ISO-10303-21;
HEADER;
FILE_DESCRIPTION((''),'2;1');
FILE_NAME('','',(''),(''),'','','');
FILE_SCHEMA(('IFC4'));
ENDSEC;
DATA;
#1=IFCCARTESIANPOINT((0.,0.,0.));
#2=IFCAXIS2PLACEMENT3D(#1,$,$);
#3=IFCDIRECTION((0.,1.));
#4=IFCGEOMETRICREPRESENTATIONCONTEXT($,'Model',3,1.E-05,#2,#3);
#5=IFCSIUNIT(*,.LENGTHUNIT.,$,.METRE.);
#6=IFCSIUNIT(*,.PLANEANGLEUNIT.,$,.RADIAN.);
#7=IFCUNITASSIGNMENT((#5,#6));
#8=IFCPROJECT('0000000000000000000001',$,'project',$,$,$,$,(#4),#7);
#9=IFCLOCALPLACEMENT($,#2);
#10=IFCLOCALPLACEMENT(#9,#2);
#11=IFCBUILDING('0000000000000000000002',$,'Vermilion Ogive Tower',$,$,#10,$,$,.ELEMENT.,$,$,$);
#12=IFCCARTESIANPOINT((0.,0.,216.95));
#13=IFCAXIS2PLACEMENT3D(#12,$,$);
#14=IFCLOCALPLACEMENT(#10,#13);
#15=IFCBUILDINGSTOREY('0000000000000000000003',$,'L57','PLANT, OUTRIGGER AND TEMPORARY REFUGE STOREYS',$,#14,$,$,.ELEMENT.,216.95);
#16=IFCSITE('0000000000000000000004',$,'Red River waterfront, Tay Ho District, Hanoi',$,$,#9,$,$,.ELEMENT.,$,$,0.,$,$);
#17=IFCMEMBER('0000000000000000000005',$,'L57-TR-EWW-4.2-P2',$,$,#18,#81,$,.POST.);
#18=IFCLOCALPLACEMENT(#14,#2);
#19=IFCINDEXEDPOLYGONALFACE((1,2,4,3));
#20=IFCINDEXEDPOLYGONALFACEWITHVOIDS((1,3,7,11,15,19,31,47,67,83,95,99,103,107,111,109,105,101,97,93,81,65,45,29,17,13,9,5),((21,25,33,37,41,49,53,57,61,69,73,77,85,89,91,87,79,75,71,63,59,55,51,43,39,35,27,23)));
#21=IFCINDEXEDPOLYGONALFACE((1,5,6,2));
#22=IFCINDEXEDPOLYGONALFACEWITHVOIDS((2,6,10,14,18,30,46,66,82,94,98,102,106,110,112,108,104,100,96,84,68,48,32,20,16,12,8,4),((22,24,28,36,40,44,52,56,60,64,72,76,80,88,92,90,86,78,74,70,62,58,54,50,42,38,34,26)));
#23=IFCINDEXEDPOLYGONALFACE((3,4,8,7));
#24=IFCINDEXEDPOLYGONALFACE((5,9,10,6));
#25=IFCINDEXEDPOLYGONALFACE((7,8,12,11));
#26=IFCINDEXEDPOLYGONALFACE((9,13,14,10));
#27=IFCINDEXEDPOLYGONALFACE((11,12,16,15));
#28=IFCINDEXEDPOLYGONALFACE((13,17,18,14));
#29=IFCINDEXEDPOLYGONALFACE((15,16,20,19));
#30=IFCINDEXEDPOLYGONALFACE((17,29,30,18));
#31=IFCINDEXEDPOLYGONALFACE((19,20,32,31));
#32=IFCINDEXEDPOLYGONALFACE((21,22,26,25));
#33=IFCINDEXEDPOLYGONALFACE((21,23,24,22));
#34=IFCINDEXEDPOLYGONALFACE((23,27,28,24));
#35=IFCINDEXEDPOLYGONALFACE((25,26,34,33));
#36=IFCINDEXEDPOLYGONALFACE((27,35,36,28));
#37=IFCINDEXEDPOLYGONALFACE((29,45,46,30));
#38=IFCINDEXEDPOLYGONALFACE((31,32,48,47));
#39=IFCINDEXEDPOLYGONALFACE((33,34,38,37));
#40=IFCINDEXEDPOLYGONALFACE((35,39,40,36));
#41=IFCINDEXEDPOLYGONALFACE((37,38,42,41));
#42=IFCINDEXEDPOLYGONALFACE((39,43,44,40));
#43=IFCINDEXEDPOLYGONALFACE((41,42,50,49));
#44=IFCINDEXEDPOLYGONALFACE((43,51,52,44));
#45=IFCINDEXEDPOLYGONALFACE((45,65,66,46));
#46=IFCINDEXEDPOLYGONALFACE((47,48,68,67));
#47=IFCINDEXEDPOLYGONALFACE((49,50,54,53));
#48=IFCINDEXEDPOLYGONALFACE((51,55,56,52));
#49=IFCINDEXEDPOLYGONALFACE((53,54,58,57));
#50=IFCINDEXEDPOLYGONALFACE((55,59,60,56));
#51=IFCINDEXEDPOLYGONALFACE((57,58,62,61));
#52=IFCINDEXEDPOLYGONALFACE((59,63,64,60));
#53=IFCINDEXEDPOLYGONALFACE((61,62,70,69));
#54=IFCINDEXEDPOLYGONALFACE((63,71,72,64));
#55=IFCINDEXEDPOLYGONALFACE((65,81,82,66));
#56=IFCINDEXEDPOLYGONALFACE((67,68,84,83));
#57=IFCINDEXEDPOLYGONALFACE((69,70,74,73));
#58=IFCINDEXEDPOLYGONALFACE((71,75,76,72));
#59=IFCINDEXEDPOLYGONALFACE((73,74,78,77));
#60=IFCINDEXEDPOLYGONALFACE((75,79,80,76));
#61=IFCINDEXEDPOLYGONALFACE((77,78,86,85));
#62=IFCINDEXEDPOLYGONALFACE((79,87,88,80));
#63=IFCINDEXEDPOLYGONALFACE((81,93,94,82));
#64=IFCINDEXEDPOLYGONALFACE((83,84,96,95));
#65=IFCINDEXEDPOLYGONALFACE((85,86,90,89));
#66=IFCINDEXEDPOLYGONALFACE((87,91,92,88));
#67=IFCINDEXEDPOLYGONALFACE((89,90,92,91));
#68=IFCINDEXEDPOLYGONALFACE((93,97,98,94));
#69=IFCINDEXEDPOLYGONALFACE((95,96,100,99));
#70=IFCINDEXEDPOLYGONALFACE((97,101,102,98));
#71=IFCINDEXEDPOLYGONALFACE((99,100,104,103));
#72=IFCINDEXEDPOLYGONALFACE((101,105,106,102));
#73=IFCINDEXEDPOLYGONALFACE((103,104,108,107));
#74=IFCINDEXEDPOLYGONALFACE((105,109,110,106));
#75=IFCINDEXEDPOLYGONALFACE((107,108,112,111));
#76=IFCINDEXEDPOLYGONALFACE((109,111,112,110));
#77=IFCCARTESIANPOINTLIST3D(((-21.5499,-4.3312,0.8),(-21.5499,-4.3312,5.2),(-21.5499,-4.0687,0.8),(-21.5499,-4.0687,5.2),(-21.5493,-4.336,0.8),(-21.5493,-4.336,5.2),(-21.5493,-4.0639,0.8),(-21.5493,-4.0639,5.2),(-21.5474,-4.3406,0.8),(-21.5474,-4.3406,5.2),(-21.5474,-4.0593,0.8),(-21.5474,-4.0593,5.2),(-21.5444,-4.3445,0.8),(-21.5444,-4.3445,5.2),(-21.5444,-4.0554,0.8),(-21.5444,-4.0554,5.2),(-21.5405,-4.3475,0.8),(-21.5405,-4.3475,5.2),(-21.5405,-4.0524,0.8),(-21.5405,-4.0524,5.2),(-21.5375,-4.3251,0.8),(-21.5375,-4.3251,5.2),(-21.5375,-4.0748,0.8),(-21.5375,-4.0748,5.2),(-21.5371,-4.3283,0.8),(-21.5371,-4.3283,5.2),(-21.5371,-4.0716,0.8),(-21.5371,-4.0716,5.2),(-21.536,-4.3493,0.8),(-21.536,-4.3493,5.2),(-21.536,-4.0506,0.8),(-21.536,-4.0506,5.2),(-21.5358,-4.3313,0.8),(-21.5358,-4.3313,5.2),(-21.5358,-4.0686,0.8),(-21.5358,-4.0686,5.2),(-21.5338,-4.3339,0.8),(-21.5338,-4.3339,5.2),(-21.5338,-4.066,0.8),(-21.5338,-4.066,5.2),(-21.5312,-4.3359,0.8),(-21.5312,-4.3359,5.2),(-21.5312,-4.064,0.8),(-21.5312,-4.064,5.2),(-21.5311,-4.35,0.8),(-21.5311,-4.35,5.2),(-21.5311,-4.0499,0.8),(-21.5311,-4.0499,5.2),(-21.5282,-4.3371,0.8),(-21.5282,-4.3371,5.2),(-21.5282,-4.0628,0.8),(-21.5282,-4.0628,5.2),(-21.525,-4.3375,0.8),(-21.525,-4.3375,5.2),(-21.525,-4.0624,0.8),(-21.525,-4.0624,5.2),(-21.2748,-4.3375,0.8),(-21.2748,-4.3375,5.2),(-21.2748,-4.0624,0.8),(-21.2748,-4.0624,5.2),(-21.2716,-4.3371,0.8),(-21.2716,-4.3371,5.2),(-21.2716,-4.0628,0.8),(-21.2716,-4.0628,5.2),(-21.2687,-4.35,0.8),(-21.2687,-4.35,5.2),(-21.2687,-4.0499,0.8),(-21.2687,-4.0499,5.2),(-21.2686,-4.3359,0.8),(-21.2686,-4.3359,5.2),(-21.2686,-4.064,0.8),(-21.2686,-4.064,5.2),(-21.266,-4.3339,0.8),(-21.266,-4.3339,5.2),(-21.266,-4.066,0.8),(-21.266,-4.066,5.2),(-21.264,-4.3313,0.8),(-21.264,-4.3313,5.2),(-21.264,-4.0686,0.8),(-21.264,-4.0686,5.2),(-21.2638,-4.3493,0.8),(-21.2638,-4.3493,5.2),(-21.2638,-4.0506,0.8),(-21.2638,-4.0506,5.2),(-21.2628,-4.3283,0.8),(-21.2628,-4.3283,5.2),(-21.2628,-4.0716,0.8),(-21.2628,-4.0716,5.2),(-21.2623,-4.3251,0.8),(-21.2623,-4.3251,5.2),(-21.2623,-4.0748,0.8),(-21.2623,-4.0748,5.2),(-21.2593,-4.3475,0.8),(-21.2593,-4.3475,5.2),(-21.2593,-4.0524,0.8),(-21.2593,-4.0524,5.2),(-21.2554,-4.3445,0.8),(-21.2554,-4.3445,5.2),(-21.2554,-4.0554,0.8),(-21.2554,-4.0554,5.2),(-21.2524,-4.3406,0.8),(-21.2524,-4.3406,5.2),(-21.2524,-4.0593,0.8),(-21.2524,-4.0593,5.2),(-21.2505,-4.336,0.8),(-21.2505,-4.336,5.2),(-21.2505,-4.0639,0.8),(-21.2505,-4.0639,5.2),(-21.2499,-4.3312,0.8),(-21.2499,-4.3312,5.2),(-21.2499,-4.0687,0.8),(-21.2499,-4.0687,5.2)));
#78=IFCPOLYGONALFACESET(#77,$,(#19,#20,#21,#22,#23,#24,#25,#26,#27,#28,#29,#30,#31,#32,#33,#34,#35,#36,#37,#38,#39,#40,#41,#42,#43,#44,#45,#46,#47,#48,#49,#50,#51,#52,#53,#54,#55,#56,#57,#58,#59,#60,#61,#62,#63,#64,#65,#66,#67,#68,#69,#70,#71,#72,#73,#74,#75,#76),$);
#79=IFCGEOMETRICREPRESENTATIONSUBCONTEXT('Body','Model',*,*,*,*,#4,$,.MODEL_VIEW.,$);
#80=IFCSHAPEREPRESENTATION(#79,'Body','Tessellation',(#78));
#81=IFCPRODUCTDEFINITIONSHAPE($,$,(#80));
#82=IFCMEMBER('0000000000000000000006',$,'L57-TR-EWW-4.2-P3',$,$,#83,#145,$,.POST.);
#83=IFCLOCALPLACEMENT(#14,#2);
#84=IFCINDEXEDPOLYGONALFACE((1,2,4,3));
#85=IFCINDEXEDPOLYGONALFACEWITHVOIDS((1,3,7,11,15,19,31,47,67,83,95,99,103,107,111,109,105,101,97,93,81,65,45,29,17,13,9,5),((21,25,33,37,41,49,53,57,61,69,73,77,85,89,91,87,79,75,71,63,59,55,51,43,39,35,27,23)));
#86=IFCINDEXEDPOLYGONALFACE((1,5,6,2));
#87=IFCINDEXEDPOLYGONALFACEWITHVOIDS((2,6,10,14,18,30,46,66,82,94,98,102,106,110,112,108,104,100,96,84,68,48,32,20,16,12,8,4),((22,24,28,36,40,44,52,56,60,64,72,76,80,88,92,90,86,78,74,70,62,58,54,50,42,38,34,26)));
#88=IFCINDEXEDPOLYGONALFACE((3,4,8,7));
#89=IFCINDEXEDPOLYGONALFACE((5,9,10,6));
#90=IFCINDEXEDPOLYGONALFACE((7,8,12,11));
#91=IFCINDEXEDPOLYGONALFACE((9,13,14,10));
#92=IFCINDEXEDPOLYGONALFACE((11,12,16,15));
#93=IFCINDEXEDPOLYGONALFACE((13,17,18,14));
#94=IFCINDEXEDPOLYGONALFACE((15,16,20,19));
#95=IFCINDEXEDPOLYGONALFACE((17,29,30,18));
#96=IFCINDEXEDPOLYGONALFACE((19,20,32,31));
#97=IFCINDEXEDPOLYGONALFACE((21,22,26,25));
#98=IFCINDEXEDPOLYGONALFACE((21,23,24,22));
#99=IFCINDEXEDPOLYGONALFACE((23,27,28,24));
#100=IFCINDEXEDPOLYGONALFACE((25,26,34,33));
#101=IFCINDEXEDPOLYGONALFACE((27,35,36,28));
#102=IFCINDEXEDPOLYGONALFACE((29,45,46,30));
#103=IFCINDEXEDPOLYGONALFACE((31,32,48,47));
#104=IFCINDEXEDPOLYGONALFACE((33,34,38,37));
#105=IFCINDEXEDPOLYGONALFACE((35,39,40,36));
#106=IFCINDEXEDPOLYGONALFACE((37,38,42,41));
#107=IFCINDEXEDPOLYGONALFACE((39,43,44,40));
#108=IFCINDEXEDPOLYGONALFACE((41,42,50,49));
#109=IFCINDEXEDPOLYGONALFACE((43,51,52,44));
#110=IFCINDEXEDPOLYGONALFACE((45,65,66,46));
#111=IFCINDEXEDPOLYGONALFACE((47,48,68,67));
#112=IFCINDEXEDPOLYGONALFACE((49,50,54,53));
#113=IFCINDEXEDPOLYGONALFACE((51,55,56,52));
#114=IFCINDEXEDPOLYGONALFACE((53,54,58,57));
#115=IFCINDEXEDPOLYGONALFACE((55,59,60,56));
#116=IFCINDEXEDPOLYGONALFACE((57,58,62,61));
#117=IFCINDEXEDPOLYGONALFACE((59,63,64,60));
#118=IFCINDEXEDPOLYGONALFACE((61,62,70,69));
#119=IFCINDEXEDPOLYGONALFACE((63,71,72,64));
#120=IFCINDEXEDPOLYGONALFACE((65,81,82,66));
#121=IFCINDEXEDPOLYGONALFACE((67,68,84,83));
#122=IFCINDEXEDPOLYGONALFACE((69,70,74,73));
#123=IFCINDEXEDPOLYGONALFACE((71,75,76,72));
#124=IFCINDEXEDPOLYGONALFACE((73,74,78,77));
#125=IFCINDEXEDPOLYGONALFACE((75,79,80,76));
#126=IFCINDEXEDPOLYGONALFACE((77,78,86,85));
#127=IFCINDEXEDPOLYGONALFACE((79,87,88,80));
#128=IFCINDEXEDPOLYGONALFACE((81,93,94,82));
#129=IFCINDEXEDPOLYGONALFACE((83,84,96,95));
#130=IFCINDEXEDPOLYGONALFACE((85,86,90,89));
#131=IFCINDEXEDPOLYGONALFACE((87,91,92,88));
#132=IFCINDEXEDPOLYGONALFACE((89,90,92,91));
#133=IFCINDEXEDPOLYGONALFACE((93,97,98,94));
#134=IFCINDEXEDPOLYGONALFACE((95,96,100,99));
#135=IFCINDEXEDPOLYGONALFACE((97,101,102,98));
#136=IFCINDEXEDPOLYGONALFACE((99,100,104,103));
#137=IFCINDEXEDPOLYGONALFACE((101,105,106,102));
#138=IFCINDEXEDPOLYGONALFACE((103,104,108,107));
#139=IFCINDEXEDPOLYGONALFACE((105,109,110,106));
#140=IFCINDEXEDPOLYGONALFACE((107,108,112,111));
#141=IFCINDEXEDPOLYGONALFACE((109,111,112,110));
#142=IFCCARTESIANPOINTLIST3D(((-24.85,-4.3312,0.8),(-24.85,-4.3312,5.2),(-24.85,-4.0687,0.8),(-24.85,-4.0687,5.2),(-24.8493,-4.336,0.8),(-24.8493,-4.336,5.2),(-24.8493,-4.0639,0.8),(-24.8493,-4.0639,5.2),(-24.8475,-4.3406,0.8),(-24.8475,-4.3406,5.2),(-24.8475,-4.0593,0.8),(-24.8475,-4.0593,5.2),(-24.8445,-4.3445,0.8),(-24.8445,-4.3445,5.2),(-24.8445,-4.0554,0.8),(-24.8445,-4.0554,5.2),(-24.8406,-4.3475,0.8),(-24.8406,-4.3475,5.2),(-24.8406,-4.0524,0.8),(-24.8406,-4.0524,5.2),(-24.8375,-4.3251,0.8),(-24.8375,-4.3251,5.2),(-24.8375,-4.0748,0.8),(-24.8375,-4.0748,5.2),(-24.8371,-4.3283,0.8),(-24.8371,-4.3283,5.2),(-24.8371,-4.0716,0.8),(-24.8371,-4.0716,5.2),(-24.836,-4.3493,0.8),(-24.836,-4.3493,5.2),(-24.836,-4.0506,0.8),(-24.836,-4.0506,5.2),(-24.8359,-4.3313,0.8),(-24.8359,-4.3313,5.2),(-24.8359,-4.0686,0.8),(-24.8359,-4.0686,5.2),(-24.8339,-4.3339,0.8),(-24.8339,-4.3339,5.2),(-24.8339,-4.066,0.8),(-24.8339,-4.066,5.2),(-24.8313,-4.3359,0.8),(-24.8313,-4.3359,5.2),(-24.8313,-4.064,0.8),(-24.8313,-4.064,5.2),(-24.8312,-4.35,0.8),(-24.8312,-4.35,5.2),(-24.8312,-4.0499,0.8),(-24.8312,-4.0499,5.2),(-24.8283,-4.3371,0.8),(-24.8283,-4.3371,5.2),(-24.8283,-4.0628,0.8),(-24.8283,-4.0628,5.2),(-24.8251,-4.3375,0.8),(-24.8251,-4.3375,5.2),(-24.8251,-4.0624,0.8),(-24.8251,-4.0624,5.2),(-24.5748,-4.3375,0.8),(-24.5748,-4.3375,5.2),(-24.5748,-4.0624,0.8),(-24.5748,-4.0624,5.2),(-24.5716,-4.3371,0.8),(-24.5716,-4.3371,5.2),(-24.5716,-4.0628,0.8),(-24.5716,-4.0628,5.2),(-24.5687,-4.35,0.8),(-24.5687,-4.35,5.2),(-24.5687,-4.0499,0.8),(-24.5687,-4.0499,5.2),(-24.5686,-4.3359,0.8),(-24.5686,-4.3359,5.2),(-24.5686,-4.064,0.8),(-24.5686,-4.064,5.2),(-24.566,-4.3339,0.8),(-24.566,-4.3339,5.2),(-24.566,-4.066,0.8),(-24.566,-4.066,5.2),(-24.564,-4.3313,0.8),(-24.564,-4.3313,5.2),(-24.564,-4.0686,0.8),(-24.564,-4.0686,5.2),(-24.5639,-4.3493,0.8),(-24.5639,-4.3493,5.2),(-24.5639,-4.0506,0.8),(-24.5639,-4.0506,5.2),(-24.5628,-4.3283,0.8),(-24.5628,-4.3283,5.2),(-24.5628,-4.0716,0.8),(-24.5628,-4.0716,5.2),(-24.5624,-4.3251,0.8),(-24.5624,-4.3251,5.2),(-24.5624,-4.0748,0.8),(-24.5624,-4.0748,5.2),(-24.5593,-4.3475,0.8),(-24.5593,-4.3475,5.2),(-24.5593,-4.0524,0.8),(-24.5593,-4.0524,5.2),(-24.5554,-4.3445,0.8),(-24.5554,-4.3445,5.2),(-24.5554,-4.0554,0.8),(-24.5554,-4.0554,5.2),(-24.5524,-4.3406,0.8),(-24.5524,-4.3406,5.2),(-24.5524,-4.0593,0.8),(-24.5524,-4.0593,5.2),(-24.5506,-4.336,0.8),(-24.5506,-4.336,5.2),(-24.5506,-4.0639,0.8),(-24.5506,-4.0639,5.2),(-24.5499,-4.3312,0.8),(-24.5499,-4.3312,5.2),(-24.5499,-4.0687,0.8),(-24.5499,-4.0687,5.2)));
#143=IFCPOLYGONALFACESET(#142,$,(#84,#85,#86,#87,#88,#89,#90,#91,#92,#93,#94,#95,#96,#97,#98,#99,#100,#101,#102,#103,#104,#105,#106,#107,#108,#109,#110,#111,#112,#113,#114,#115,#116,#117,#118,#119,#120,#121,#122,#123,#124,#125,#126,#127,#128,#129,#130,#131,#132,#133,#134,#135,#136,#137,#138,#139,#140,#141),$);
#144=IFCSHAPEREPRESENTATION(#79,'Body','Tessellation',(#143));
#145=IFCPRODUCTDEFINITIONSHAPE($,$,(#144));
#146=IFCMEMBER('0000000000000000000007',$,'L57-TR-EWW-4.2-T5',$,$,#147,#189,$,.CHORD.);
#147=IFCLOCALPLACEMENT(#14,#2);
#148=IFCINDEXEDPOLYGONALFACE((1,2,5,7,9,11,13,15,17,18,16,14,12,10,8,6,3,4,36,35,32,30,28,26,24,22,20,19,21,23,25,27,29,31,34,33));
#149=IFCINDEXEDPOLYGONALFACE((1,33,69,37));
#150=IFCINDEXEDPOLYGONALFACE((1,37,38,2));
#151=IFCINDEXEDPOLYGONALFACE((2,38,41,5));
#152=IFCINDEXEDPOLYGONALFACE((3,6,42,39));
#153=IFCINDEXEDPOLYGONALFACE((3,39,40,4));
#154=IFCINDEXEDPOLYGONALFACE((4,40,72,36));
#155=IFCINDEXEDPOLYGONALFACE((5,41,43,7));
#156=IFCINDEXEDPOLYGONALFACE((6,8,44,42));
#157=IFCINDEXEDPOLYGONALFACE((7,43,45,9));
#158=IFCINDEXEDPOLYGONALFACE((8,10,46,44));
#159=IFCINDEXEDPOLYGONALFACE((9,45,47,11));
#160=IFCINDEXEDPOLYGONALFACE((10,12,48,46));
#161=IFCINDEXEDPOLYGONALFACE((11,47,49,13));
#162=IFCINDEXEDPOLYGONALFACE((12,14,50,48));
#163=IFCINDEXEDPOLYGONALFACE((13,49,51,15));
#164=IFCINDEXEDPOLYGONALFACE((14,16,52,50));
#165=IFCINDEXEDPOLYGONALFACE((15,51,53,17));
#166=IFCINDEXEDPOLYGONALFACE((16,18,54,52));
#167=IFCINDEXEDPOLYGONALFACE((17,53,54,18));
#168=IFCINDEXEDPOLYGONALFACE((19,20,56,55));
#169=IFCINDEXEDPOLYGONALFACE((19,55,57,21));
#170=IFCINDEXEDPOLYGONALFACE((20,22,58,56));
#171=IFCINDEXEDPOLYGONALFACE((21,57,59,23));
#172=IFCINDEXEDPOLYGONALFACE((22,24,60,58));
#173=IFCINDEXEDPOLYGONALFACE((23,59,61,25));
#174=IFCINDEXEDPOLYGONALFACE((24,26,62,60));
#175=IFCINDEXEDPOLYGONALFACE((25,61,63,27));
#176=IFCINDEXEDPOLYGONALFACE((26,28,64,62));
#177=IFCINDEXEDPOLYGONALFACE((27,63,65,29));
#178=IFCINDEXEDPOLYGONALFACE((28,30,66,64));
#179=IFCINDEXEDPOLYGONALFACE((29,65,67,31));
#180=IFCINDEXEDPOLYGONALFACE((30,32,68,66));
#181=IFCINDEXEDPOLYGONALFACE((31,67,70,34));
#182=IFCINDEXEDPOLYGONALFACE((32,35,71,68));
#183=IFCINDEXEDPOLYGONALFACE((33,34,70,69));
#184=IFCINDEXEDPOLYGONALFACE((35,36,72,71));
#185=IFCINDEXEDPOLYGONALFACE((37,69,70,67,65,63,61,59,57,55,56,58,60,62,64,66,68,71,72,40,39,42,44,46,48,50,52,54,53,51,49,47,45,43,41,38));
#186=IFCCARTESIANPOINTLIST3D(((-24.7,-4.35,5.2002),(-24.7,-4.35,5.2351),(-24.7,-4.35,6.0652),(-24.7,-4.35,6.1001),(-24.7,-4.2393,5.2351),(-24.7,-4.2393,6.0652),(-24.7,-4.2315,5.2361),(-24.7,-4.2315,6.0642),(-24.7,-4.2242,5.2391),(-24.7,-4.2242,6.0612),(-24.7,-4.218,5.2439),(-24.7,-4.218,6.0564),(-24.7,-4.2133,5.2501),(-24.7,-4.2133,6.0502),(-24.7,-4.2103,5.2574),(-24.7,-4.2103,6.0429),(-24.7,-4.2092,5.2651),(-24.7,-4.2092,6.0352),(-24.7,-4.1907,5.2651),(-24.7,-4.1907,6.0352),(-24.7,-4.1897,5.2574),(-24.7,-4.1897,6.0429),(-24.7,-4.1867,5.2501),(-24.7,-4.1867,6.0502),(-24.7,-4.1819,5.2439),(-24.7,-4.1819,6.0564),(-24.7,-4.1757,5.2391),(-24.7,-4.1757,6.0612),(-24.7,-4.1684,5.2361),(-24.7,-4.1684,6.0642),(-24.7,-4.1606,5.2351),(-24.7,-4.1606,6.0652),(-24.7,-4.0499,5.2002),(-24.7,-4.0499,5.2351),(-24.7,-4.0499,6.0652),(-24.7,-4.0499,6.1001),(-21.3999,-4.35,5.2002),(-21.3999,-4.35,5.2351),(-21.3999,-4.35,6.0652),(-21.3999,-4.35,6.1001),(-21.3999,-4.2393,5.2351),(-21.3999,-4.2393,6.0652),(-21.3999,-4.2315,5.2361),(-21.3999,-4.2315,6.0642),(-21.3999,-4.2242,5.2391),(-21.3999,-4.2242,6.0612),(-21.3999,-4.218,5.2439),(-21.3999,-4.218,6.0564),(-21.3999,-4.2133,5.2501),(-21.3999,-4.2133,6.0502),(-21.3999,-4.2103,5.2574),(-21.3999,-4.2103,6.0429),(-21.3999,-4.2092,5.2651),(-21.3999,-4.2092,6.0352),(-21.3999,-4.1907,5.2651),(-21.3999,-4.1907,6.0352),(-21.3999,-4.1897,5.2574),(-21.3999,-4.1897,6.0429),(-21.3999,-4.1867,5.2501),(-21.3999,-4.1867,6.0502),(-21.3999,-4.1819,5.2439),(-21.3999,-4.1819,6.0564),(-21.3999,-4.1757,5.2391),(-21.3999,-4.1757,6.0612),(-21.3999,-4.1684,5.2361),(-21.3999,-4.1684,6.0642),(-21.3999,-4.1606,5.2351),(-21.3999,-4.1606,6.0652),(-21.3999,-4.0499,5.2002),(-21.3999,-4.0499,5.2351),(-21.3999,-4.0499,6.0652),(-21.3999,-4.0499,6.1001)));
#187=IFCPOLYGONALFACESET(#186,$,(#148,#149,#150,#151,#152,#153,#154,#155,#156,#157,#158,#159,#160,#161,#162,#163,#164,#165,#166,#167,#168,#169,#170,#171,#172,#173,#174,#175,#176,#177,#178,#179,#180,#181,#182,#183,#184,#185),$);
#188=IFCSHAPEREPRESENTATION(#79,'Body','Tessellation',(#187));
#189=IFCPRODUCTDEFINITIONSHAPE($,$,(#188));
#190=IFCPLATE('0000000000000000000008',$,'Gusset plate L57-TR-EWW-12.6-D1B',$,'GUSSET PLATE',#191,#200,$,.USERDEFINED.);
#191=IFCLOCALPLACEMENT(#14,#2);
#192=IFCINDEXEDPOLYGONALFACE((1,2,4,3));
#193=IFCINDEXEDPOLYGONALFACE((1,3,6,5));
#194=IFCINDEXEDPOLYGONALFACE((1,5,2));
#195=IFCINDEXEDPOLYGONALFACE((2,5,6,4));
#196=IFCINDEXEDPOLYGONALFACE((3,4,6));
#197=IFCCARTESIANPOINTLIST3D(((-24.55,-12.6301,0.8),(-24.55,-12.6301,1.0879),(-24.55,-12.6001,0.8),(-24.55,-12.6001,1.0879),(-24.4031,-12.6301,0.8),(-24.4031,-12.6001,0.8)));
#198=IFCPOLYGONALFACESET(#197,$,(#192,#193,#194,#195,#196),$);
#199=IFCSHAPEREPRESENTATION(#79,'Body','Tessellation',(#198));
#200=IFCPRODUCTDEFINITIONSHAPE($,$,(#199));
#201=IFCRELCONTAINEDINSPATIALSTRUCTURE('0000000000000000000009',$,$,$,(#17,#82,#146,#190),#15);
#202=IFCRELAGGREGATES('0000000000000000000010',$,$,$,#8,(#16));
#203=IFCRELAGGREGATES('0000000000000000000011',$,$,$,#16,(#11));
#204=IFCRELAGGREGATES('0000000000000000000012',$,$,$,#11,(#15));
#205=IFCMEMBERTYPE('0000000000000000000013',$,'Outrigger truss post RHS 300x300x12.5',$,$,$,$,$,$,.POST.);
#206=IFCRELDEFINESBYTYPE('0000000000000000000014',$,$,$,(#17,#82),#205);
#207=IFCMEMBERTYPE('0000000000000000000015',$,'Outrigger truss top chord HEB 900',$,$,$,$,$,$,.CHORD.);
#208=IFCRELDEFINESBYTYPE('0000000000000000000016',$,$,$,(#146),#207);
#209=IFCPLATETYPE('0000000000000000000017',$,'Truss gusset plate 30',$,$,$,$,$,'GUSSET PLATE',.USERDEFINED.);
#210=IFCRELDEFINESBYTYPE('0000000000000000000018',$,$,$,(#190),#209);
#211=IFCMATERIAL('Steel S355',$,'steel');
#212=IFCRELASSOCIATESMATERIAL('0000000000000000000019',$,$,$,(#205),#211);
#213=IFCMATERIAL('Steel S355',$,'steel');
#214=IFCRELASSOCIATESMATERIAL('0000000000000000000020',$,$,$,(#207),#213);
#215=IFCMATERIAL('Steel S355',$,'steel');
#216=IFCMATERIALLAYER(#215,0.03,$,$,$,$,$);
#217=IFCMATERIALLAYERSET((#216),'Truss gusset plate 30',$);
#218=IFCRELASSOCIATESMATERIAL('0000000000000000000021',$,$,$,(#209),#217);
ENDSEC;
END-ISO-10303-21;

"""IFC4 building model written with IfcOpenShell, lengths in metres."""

from ifc_helpers import new_model, si_unit, direction, frame, origin, origin_2d, place, context, subcontext, project, spatial, polyline, hollow_rectangle, i_section, outline, extrude, material, layer, layer_set, material_profile, profile_set, type_object, element, save


model = new_model("IFC4")

# Units and contexts
model_context = context("Model", 3, precision=1e-05, world=origin(), true_north=direction((0.0, 1.0)))
body_context = subcontext(model_context, "Body", "Model", "MODEL_VIEW")
ifc_project = project(units=[si_unit("LENGTHUNIT", "METRE"), si_unit("PLANEANGLEUNIT", "RADIAN")], contexts=[model_context])

# Site, building, storey
site_placement = place(None, origin())
site = spatial("IfcSite", under=ifc_project, at=site_placement, Name="Red River waterfront, Tay Ho District, Hanoi", CompositionType="ELEMENT", RefElevation=0.0)
building_placement = place(site_placement, origin())
building = spatial("IfcBuilding", under=site, at=building_placement, Name="Vermilion Ogive Tower", CompositionType="ELEMENT")
storey_placement = place(building_placement, frame((0.0, 0.0, 216.95)))
storey = spatial("IfcBuildingStorey", under=building, at=storey_placement, Name="L57", Description="PLANT, OUTRIGGER AND TEMPORARY REFUGE STOREYS", CompositionType="ELEMENT", Elevation=216.95)

# Members
ifc_material_1 = material(Name="Steel S355", Category="steel")
ifc_material_profile_1 = material_profile(ifc_material_1, hollow_rectangle(XDim=0.3, YDim=0.3, WallThickness=0.0125, InnerFilletRadius=0.0125, OuterFilletRadius=0.0188, at=origin_2d()), Name="RHS 300x300x12.5")
ifc_profile_set_1 = profile_set([ifc_material_profile_1], Name="Steel S355")
member_type_1 = type_object("IfcMemberType", Name="Outrigger truss post RHS 300x300x12.5", PredefinedType="POST", material=ifc_profile_set_1)
for number, where, z_axis, x_axis, name in (
    (1, (-21.3999, -4.2, 0.8), (0.0, 0.0, 1.0), (1.0, 0.0, 0.0), "L57-TR-EWW-4.2-P2"),
    (2, (-24.7, -4.2, 0.8), (0.0, 0.0, 1.0), (1.0, 0.0, 0.0), "L57-TR-EWW-4.2-P3"),
):
    element("IfcMember", number, at=place(storey_placement, frame(where, z_axis=z_axis, x_axis=x_axis)), inside=storey, type_object=member_type_1, Name=name, PredefinedType="POST", context=body_context, shape_type="SweptSolid", body=[
        extrude(hollow_rectangle(XDim=0.3, YDim=0.3, WallThickness=0.0125, InnerFilletRadius=0.0125, OuterFilletRadius=0.0188, at=origin_2d()), origin(), (0.0, 0.0, 1.0), 4.3999),
    ])
ifc_material_2 = material(Name="Steel S355", Category="steel")
ifc_material_profile_2 = material_profile(ifc_material_2, i_section(OverallWidth=0.3, OverallDepth=0.8999, WebThickness=0.0186, FlangeThickness=0.0349, FilletRadius=0.03, at=origin_2d()), Name="HEB 900")
ifc_profile_set_2 = profile_set([ifc_material_profile_2], Name="Steel S355")
member_type_2 = type_object("IfcMemberType", Name="Outrigger truss top chord HEB 900", PredefinedType="CHORD", material=ifc_profile_set_2)
member_1_placement = place(storey_placement, frame((-21.3999, -4.2, 5.6501), z_axis=(-1.0, 0.0, 0.0), x_axis=(0.0, -1.0, 0.0)))
element("IfcMember", 3, at=member_1_placement, inside=storey, type_object=member_type_2, Name="L57-TR-EWW-4.2-T5", PredefinedType="CHORD", context=body_context, shape_type="SweptSolid", body=[
    extrude(i_section(OverallWidth=0.3, OverallDepth=0.8999, WebThickness=0.0186, FlangeThickness=0.0349, FilletRadius=0.03, at=origin_2d()), origin(), (0.0, 0.0, 1.0), 3.3),
])

# Plate
ifc_material_3 = material(Name="Steel S355", Category="steel")
ifc_layer_1 = layer(ifc_material_3, 0.03)
ifc_layer_set_1 = layer_set([ifc_layer_1], Name="Truss gusset plate 30")
plate_type = type_object("IfcPlateType", Name="Truss gusset plate 30", ElementType="GUSSET PLATE", PredefinedType="USERDEFINED", material=ifc_layer_set_1)
plate_1_placement = place(storey_placement, frame((-24.55, -12.6001, 1.0879), z_axis=(0.0, 1.0, 0.0), x_axis=(0.454752, 0.0, -0.890618)))
element("IfcPlate", 4, at=plate_1_placement, inside=storey, type_object=plate_type, Name="Gusset plate L57-TR-EWW-12.6-D1B", ObjectType="GUSSET PLATE", PredefinedType="USERDEFINED", context=body_context, shape_type="SweptSolid", body=[
    extrude(outline(polyline([(0.0, 0.0), (0.3232, 0.0), (0.2564, 0.1309), (0.0, 0.0)])), origin(), (0.0, 0.0, -1.0), 0.03),
])

save(model, "model.ifc")
